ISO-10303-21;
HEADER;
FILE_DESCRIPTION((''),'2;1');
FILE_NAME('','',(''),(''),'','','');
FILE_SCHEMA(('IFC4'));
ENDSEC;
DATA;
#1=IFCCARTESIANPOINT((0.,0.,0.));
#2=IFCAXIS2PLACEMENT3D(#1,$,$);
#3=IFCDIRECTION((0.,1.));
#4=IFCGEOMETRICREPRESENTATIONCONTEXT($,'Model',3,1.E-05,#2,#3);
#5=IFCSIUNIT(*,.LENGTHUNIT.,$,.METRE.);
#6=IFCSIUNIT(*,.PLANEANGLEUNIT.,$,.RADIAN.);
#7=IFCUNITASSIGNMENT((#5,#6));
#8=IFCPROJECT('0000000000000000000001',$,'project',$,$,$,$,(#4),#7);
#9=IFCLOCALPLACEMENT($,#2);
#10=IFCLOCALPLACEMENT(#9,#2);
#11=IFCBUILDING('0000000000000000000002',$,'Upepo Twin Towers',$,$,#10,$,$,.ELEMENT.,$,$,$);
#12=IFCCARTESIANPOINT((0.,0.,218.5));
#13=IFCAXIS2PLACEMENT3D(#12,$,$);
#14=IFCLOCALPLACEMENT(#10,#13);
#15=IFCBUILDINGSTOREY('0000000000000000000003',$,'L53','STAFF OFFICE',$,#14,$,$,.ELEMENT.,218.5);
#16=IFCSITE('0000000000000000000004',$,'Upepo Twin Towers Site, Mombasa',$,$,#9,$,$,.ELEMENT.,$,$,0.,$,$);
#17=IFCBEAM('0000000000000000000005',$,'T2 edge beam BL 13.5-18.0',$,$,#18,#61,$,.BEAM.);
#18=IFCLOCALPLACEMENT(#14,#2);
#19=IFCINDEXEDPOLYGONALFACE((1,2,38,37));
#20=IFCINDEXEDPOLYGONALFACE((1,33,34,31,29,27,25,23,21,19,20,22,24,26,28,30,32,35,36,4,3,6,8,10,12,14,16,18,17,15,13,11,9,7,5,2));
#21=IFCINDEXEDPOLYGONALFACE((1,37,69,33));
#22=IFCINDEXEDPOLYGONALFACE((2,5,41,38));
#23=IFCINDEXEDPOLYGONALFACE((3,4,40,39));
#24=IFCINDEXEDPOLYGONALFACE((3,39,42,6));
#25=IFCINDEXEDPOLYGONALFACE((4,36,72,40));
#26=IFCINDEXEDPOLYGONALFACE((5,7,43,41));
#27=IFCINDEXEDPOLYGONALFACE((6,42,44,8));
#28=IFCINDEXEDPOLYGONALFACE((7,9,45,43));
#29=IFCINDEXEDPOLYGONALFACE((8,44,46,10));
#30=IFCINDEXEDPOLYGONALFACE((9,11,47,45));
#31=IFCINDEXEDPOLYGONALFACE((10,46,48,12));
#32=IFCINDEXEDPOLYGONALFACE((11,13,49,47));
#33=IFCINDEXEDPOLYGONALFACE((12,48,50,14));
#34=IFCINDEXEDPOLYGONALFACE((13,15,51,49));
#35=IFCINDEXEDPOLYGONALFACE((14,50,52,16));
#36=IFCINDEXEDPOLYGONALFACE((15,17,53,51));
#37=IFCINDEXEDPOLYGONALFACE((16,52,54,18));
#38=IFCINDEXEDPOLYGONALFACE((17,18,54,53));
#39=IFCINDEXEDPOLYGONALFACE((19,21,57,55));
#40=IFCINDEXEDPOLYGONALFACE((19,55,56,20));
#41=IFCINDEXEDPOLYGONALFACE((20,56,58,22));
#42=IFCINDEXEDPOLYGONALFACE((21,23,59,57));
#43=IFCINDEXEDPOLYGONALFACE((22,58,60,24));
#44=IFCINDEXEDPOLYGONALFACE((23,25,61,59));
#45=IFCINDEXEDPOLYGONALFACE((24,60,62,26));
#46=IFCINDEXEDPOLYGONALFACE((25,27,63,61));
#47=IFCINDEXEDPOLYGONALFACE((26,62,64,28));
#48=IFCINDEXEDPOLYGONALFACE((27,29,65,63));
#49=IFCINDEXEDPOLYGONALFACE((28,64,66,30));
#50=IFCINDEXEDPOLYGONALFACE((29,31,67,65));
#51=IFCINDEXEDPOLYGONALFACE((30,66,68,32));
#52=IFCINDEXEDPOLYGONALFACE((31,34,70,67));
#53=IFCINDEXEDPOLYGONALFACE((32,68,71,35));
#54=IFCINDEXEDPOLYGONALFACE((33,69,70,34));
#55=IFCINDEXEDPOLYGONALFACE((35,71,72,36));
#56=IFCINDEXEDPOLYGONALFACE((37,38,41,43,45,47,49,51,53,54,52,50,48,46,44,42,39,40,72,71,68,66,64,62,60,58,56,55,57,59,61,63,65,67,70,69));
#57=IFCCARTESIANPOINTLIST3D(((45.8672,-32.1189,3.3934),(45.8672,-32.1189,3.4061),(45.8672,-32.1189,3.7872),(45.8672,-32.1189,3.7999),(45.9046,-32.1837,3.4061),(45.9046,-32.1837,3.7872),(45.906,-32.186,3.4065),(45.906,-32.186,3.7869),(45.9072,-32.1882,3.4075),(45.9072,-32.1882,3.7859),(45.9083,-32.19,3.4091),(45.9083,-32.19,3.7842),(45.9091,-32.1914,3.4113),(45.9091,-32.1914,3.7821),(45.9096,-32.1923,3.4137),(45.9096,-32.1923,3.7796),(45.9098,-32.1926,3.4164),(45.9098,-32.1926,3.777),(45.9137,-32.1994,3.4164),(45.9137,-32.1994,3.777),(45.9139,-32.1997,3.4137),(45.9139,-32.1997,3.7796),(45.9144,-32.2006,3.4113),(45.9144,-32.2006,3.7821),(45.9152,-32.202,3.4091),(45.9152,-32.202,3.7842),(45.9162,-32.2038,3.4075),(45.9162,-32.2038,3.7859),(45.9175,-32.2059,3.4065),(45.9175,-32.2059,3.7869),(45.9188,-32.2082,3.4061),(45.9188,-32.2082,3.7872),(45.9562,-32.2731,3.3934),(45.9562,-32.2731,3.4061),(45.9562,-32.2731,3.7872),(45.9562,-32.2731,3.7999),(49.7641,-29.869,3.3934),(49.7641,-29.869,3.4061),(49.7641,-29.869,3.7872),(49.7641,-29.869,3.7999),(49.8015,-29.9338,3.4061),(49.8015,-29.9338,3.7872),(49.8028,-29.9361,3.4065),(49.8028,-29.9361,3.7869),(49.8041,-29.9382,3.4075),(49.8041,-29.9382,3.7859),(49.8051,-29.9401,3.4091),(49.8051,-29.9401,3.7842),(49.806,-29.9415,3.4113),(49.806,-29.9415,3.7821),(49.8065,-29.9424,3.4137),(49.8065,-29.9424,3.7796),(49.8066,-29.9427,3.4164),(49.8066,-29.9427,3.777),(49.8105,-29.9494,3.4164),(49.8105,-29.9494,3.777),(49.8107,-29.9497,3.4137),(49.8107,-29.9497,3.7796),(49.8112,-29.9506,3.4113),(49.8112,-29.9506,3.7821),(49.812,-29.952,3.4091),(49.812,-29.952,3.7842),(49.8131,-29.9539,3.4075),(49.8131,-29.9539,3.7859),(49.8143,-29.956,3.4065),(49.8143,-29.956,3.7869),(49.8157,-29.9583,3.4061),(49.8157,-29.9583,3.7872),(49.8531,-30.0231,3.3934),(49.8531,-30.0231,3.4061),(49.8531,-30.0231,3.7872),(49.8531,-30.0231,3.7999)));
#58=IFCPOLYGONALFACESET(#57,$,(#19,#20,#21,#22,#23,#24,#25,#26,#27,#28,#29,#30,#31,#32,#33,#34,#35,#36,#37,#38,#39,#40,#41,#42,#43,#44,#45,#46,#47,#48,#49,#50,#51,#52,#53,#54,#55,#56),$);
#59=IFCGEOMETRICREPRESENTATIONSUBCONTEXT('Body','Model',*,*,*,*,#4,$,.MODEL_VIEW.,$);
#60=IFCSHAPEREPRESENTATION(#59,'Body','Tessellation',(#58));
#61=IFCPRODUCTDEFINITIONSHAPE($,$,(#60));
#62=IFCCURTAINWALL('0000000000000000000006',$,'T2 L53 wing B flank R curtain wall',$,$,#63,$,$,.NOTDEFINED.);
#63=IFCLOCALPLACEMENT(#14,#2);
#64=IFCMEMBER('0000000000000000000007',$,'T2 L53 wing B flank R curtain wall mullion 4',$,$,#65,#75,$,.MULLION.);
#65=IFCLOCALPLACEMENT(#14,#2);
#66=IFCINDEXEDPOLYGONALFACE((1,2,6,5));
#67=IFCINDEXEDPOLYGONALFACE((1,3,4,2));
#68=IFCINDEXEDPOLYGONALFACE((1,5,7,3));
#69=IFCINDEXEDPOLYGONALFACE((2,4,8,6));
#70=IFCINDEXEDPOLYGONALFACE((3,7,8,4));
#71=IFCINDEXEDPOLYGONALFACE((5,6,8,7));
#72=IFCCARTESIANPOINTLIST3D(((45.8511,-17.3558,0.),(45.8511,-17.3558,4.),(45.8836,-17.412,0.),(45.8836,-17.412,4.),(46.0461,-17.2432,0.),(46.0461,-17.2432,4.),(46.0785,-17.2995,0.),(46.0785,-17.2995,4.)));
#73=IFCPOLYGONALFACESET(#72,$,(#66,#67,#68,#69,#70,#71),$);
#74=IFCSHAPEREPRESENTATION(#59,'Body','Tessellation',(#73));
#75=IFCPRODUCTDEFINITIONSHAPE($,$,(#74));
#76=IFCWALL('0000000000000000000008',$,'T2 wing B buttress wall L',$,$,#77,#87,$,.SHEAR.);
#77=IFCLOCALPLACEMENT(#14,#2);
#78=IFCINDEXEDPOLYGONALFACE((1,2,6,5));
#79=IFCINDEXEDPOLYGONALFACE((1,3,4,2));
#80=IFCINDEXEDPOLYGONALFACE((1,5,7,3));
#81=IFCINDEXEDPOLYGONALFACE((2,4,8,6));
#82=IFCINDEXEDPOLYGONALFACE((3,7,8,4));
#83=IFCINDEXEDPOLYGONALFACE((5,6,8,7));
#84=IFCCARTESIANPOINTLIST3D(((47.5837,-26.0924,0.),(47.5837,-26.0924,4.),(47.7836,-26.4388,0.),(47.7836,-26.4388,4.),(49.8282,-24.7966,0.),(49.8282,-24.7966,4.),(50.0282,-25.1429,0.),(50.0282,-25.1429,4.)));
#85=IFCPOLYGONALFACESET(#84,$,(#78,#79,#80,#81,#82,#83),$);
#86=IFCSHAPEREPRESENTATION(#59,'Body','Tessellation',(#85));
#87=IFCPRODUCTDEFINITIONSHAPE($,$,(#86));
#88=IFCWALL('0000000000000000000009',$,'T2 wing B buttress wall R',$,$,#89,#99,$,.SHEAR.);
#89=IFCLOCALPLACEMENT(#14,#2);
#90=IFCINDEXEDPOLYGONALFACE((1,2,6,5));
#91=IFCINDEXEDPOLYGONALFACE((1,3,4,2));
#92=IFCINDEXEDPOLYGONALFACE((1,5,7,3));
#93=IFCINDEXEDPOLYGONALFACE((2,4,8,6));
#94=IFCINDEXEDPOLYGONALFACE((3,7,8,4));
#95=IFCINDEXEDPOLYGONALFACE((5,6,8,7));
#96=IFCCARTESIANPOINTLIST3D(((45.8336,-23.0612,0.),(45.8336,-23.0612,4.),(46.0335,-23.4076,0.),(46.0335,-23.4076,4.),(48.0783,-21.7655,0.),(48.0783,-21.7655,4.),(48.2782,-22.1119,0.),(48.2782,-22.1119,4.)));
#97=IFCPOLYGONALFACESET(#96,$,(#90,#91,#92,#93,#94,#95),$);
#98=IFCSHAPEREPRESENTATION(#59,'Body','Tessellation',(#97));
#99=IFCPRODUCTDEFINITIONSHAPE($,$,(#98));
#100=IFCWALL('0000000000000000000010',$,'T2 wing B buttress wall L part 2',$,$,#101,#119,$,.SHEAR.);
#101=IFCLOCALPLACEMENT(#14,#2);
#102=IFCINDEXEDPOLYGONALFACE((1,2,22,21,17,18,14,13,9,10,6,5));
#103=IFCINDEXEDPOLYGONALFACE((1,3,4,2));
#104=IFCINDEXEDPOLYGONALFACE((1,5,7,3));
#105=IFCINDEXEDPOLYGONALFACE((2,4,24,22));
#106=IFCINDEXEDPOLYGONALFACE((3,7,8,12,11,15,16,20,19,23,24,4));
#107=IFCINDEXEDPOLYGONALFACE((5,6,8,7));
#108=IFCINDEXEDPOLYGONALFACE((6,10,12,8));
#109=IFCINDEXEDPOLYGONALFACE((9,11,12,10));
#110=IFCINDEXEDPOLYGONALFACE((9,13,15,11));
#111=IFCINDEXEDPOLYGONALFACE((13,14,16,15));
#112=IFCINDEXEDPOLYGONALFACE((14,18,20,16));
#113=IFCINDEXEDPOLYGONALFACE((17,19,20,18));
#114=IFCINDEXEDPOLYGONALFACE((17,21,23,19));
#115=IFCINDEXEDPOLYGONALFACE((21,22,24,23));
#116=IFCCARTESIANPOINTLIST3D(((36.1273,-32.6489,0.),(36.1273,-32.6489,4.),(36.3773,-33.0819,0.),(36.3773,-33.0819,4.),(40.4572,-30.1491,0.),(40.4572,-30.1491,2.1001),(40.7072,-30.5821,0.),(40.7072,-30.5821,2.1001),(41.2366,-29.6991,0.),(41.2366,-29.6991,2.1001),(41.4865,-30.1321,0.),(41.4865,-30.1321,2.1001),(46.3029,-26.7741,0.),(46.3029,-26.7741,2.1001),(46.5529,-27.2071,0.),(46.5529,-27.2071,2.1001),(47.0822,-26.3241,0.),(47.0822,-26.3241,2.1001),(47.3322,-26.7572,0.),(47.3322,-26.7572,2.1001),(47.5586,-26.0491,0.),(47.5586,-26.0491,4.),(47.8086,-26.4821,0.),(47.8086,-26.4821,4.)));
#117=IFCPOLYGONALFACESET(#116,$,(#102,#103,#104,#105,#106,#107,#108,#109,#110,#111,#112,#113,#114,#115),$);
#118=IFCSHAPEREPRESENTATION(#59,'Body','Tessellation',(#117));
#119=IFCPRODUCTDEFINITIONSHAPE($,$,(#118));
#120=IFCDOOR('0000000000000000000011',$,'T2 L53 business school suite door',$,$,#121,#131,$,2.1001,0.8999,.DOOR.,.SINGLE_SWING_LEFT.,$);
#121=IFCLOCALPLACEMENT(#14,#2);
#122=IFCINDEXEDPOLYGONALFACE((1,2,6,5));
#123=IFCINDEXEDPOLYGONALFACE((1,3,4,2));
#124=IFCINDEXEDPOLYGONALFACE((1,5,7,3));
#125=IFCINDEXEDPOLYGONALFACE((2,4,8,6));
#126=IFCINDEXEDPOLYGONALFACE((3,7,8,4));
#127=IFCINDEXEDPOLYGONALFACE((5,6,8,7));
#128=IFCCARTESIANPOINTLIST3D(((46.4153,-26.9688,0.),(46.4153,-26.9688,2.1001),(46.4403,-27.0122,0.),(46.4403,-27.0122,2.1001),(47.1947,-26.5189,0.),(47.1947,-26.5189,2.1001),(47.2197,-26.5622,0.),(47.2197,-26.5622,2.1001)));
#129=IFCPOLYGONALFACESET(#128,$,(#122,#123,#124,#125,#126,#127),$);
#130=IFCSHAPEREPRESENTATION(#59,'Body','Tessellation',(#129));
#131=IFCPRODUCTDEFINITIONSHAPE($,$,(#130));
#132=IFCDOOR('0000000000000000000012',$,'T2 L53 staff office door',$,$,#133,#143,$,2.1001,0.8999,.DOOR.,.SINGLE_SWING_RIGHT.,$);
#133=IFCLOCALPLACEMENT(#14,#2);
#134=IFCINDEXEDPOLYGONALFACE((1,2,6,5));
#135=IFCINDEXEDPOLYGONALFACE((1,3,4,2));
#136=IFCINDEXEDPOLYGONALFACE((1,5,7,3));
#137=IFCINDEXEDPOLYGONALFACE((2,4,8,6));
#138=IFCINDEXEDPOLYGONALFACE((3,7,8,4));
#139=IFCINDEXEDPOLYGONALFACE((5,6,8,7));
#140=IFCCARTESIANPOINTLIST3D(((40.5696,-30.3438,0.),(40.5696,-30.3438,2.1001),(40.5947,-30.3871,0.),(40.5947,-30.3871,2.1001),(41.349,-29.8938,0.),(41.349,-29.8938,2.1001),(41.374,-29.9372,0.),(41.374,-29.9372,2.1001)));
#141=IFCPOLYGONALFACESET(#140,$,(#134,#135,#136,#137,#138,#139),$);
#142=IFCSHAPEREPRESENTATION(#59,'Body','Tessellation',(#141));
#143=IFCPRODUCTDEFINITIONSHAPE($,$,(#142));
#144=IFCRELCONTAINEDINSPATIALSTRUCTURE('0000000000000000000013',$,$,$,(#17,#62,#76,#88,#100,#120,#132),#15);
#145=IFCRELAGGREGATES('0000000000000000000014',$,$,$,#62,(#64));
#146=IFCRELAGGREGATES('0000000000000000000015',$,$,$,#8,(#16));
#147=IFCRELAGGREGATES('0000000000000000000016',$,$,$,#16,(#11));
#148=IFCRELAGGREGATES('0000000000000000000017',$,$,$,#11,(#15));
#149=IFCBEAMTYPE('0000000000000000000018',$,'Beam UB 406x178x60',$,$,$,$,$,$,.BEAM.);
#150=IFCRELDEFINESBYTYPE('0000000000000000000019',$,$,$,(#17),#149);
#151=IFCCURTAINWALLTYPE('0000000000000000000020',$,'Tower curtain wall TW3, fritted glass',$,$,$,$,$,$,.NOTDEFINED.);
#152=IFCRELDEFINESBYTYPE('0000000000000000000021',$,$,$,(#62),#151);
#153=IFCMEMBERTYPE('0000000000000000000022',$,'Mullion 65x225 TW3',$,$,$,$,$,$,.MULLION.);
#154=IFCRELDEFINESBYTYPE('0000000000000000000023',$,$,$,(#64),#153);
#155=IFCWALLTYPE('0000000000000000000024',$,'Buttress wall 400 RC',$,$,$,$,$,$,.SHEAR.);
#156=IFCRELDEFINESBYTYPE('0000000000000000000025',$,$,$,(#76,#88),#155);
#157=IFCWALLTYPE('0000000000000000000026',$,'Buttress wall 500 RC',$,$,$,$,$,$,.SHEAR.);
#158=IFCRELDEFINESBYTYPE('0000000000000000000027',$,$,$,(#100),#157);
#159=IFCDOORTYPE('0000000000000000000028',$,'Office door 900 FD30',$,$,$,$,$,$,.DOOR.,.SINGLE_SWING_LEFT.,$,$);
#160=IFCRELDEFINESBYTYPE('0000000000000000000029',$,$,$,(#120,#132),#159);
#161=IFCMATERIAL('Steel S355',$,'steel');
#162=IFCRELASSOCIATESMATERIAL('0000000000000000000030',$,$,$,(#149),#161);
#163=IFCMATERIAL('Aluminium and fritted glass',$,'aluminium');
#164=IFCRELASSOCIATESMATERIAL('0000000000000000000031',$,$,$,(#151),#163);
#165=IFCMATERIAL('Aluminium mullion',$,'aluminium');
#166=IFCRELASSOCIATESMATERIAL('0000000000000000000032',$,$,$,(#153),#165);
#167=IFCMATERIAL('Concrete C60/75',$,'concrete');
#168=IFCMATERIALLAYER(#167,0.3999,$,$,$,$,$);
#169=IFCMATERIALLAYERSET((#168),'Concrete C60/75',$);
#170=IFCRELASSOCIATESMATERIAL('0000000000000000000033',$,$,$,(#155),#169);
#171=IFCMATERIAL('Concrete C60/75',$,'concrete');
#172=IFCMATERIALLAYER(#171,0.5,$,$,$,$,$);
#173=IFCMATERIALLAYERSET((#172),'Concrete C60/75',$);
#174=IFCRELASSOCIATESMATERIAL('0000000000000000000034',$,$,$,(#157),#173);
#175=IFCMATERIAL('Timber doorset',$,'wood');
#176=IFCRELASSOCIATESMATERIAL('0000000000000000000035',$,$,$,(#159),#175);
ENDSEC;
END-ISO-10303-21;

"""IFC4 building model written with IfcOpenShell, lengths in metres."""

from ifc_helpers import new_model, si_unit, direction, frame, frame_2d, origin, origin_2d, place, context, subcontext, project, spatial, rectangle, i_section, extrude, material, layer, layer_set, material_profile, profile_set, type_object, element, fill, aggregate, save


model = new_model("IFC4")

# Units and contexts
model_context = context("Model", 3, precision=1e-05, world=origin(), true_north=direction((0.0, 1.0)))
body_context = subcontext(model_context, "Body", "Model", "MODEL_VIEW")
ifc_project = project(units=[si_unit("LENGTHUNIT", "METRE"), si_unit("PLANEANGLEUNIT", "RADIAN")], contexts=[model_context])

# Site, building, storey
site_placement = place(None, origin())
site = spatial("IfcSite", under=ifc_project, at=site_placement, Name="Upepo Twin Towers Site, Mombasa", CompositionType="ELEMENT", RefElevation=0.0)
building_placement = place(site_placement, origin())
building = spatial("IfcBuilding", under=site, at=building_placement, Name="Upepo Twin Towers", CompositionType="ELEMENT")
storey_placement = place(building_placement, frame((0.0, 0.0, 218.5)))
storey = spatial("IfcBuildingStorey", under=building, at=storey_placement, Name="L53", Description="STAFF OFFICE", CompositionType="ELEMENT", Elevation=218.5)

# Beam
ifc_material_1 = material(Name="Steel S355", Category="steel")
ifc_material_profile_1 = material_profile(ifc_material_1, i_section(OverallWidth=0.178, OverallDepth=0.4065, WebThickness=0.0078, FlangeThickness=0.0127, FilletRadius=0.0103, at=origin_2d()), Name="UB 406x178x60")
ifc_profile_set_1 = profile_set([ifc_material_profile_1], Name="Steel S355")
beam_type = type_object("IfcBeamType", Name="Beam UB 406x178x60", PredefinedType="BEAM", material=ifc_profile_set_1)
beam_placement = place(storey_placement, frame((49.8086, -29.946, 3.5967), z_axis=(-0.866018, -0.500014, 0.0), x_axis=(0.500014, -0.866018, 0.0)))
element("IfcBeam", 1, at=beam_placement, inside=storey, type_object=beam_type, Name="T2 edge beam BL 13.5-18.0", PredefinedType="BEAM", context=body_context, shape_type="SweptSolid", body=[
    extrude(i_section(OverallWidth=0.178, OverallDepth=0.4065, WebThickness=0.0078, FlangeThickness=0.0127, FilletRadius=0.0103, at=origin_2d()), origin(), (0.0, 0.0, 1.0), 4.4998),
])

# Curtain wall, member
ifc_material_2 = material(Name="Aluminium and fritted glass", Category="aluminium")
curtain_wall_type = type_object("IfcCurtainWallType", Name="Tower curtain wall TW3, fritted glass", PredefinedType="NOTDEFINED", material=ifc_material_2)
curtain_wall_placement = place(storey_placement, origin())
curtain_wall = element("IfcCurtainWall", 2, at=curtain_wall_placement, inside=storey, type_object=curtain_wall_type, Name="T2 L53 wing B flank R curtain wall", PredefinedType="NOTDEFINED")
ifc_material_3 = material(Name="Aluminium mullion", Category="aluminium")
ifc_material_profile_2 = material_profile(ifc_material_3, rectangle(XDim=0.0649, YDim=0.2251, at=origin_2d()), Name="MULLION 65x225")
ifc_profile_set_2 = profile_set([ifc_material_profile_2], Name="Aluminium mullion")
member_type = type_object("IfcMemberType", Name="Mullion 65x225 TW3", PredefinedType="MULLION", material=ifc_profile_set_2)
member_placement = place(storey_placement, frame((45.9648, -17.3276, 0.0), z_axis=(0.0, 0.0, 1.0), x_axis=(-0.5, 0.866025, 0.0)))
member = element("IfcMember", 3, at=member_placement, type_object=member_type, Name="T2 L53 wing B flank R curtain wall mullion 4", PredefinedType="MULLION", context=body_context, shape_type="SweptSolid", body=[
    extrude(rectangle(XDim=0.0649, YDim=0.2251, at=origin_2d()), origin(), (0.0, 0.0, 1.0), 4.0),
])
aggregate(curtain_wall, [member])

# Walls
ifc_material_4 = material(Name="Concrete C60/75", Category="concrete")
ifc_layer_1 = layer(ifc_material_4, 0.3999)
ifc_layer_set_1 = layer_set([ifc_layer_1], Name="Concrete C60/75")
wall_type_1 = type_object("IfcWallType", Name="Buttress wall 400 RC", PredefinedType="SHEAR", material=ifc_layer_set_1)
for number, where, z_axis, x_axis, name in (
    (4, (49.9282, -24.9697, 0.0), (0.0, 0.0, 1.0), (-0.866032, -0.499989, 0.0), "T2 wing B buttress wall L"),
    (5, (48.1782, -21.9387, 0.0), (0.0, 0.0, 1.0), (-0.866073, -0.499918, 0.0), "T2 wing B buttress wall R"),
):
    element("IfcWall", number, at=place(storey_placement, frame(where, z_axis=z_axis, x_axis=x_axis)), inside=storey, type_object=wall_type_1, Name=name, PredefinedType="SHEAR", context=body_context, shape_type="SweptSolid", body=[
        extrude(rectangle(XDim=2.5918, YDim=0.3999, at=frame_2d((1.2959, 0.0))), origin(), (0.0, 0.0, 1.0), 4.0),
    ])

# Wall, openings, doors
ifc_material_5 = material(Name="Concrete C60/75", Category="concrete")
ifc_layer_2 = layer(ifc_material_5, 0.5)
ifc_layer_set_2 = layer_set([ifc_layer_2], Name="Concrete C60/75")
wall_type_2 = type_object("IfcWallType", Name="Buttress wall 500 RC", PredefinedType="SHEAR", material=ifc_layer_set_2)
wall_1_placement = place(storey_placement, frame((47.6836, -26.2656, 0.0), z_axis=(0.0, 0.0, 1.0), x_axis=(-0.866028, -0.499996, 0.0)))
wall_1 = element("IfcWall", 6, at=wall_1_placement, inside=storey, type_object=wall_type_2, Name="T2 wing B buttress wall L part 2", PredefinedType="SHEAR", context=body_context, shape_type="SweptSolid", body=[
    extrude(rectangle(XDim=13.1997, YDim=0.5, at=frame_2d((6.5999, 0.0))), origin(), (0.0, 0.0, 1.0), 4.0),
])
opening_1_placement = place(wall_1_placement, frame((0.55, 0.0, 0.0)))
opening_1 = element("IfcOpeningElement", 7, at=opening_1_placement, cuts=wall_1, PredefinedType="OPENING", context=body_context, shape_type="SweptSolid", body=[
    extrude(rectangle(XDim=0.8999, YDim=2.1001, at=frame_2d((0.45, 1.05))), frame((0.0, 0.26, 0.0), z_axis=(0.0, -1.0, 0.0), x_axis=(1.0, 0.0, 0.0)), (0.0, 0.0, 1.0), 0.52),
])
opening_2_placement = place(wall_1_placement, frame((7.3, 0.0, 0.0)))
opening_2 = element("IfcOpeningElement", 8, at=opening_2_placement, cuts=wall_1, PredefinedType="OPENING", context=body_context, shape_type="SweptSolid", body=[
    extrude(rectangle(XDim=0.8999, YDim=2.1001, at=frame_2d((0.45, 1.05))), frame((0.0, 0.26, 0.0), z_axis=(0.0, -1.0, 0.0), x_axis=(1.0, 0.0, 0.0)), (0.0, 0.0, 1.0), 0.52),
])
ifc_material_6 = material(Name="Timber doorset", Category="wood")
door_type_1 = type_object("IfcDoorType", Name="Office door 900 FD30", OperationType="SINGLE_SWING_LEFT", PredefinedType="DOOR", material=ifc_material_6)
door_1_placement = place(opening_1_placement, origin())
door_1 = element("IfcDoor", 9, at=door_1_placement, inside=storey, type_object=door_type_1, Name="T2 L53 business school suite door", OperationType="SINGLE_SWING_LEFT", OverallHeight=2.1001, OverallWidth=0.8999, PredefinedType="DOOR", context=body_context, shape_type="SweptSolid", body=[
    extrude(rectangle(XDim=0.8999, YDim=2.1001, at=frame_2d((0.45, 1.05))), frame((0.0, 0.0249, 0.0), z_axis=(0.0, -1.0, 0.0), x_axis=(1.0, 0.0, 0.0)), (0.0, 0.0, 1.0), 0.05),
])
fill(opening_1, door_1)
door_2_placement = place(opening_2_placement, origin())
door_2 = element("IfcDoor", 10, at=door_2_placement, inside=storey, type_object=door_type_1, Name="T2 L53 staff office door", OperationType="SINGLE_SWING_RIGHT", OverallHeight=2.1001, OverallWidth=0.8999, PredefinedType="DOOR", context=body_context, shape_type="SweptSolid", body=[
    extrude(rectangle(XDim=0.8999, YDim=2.1001, at=frame_2d((0.45, 1.05))), frame((0.0, 0.0249, 0.0), z_axis=(0.0, -1.0, 0.0), x_axis=(1.0, 0.0, 0.0)), (0.0, 0.0, 1.0), 0.05),
])
fill(opening_2, door_2)

save(model, "model.ifc")
